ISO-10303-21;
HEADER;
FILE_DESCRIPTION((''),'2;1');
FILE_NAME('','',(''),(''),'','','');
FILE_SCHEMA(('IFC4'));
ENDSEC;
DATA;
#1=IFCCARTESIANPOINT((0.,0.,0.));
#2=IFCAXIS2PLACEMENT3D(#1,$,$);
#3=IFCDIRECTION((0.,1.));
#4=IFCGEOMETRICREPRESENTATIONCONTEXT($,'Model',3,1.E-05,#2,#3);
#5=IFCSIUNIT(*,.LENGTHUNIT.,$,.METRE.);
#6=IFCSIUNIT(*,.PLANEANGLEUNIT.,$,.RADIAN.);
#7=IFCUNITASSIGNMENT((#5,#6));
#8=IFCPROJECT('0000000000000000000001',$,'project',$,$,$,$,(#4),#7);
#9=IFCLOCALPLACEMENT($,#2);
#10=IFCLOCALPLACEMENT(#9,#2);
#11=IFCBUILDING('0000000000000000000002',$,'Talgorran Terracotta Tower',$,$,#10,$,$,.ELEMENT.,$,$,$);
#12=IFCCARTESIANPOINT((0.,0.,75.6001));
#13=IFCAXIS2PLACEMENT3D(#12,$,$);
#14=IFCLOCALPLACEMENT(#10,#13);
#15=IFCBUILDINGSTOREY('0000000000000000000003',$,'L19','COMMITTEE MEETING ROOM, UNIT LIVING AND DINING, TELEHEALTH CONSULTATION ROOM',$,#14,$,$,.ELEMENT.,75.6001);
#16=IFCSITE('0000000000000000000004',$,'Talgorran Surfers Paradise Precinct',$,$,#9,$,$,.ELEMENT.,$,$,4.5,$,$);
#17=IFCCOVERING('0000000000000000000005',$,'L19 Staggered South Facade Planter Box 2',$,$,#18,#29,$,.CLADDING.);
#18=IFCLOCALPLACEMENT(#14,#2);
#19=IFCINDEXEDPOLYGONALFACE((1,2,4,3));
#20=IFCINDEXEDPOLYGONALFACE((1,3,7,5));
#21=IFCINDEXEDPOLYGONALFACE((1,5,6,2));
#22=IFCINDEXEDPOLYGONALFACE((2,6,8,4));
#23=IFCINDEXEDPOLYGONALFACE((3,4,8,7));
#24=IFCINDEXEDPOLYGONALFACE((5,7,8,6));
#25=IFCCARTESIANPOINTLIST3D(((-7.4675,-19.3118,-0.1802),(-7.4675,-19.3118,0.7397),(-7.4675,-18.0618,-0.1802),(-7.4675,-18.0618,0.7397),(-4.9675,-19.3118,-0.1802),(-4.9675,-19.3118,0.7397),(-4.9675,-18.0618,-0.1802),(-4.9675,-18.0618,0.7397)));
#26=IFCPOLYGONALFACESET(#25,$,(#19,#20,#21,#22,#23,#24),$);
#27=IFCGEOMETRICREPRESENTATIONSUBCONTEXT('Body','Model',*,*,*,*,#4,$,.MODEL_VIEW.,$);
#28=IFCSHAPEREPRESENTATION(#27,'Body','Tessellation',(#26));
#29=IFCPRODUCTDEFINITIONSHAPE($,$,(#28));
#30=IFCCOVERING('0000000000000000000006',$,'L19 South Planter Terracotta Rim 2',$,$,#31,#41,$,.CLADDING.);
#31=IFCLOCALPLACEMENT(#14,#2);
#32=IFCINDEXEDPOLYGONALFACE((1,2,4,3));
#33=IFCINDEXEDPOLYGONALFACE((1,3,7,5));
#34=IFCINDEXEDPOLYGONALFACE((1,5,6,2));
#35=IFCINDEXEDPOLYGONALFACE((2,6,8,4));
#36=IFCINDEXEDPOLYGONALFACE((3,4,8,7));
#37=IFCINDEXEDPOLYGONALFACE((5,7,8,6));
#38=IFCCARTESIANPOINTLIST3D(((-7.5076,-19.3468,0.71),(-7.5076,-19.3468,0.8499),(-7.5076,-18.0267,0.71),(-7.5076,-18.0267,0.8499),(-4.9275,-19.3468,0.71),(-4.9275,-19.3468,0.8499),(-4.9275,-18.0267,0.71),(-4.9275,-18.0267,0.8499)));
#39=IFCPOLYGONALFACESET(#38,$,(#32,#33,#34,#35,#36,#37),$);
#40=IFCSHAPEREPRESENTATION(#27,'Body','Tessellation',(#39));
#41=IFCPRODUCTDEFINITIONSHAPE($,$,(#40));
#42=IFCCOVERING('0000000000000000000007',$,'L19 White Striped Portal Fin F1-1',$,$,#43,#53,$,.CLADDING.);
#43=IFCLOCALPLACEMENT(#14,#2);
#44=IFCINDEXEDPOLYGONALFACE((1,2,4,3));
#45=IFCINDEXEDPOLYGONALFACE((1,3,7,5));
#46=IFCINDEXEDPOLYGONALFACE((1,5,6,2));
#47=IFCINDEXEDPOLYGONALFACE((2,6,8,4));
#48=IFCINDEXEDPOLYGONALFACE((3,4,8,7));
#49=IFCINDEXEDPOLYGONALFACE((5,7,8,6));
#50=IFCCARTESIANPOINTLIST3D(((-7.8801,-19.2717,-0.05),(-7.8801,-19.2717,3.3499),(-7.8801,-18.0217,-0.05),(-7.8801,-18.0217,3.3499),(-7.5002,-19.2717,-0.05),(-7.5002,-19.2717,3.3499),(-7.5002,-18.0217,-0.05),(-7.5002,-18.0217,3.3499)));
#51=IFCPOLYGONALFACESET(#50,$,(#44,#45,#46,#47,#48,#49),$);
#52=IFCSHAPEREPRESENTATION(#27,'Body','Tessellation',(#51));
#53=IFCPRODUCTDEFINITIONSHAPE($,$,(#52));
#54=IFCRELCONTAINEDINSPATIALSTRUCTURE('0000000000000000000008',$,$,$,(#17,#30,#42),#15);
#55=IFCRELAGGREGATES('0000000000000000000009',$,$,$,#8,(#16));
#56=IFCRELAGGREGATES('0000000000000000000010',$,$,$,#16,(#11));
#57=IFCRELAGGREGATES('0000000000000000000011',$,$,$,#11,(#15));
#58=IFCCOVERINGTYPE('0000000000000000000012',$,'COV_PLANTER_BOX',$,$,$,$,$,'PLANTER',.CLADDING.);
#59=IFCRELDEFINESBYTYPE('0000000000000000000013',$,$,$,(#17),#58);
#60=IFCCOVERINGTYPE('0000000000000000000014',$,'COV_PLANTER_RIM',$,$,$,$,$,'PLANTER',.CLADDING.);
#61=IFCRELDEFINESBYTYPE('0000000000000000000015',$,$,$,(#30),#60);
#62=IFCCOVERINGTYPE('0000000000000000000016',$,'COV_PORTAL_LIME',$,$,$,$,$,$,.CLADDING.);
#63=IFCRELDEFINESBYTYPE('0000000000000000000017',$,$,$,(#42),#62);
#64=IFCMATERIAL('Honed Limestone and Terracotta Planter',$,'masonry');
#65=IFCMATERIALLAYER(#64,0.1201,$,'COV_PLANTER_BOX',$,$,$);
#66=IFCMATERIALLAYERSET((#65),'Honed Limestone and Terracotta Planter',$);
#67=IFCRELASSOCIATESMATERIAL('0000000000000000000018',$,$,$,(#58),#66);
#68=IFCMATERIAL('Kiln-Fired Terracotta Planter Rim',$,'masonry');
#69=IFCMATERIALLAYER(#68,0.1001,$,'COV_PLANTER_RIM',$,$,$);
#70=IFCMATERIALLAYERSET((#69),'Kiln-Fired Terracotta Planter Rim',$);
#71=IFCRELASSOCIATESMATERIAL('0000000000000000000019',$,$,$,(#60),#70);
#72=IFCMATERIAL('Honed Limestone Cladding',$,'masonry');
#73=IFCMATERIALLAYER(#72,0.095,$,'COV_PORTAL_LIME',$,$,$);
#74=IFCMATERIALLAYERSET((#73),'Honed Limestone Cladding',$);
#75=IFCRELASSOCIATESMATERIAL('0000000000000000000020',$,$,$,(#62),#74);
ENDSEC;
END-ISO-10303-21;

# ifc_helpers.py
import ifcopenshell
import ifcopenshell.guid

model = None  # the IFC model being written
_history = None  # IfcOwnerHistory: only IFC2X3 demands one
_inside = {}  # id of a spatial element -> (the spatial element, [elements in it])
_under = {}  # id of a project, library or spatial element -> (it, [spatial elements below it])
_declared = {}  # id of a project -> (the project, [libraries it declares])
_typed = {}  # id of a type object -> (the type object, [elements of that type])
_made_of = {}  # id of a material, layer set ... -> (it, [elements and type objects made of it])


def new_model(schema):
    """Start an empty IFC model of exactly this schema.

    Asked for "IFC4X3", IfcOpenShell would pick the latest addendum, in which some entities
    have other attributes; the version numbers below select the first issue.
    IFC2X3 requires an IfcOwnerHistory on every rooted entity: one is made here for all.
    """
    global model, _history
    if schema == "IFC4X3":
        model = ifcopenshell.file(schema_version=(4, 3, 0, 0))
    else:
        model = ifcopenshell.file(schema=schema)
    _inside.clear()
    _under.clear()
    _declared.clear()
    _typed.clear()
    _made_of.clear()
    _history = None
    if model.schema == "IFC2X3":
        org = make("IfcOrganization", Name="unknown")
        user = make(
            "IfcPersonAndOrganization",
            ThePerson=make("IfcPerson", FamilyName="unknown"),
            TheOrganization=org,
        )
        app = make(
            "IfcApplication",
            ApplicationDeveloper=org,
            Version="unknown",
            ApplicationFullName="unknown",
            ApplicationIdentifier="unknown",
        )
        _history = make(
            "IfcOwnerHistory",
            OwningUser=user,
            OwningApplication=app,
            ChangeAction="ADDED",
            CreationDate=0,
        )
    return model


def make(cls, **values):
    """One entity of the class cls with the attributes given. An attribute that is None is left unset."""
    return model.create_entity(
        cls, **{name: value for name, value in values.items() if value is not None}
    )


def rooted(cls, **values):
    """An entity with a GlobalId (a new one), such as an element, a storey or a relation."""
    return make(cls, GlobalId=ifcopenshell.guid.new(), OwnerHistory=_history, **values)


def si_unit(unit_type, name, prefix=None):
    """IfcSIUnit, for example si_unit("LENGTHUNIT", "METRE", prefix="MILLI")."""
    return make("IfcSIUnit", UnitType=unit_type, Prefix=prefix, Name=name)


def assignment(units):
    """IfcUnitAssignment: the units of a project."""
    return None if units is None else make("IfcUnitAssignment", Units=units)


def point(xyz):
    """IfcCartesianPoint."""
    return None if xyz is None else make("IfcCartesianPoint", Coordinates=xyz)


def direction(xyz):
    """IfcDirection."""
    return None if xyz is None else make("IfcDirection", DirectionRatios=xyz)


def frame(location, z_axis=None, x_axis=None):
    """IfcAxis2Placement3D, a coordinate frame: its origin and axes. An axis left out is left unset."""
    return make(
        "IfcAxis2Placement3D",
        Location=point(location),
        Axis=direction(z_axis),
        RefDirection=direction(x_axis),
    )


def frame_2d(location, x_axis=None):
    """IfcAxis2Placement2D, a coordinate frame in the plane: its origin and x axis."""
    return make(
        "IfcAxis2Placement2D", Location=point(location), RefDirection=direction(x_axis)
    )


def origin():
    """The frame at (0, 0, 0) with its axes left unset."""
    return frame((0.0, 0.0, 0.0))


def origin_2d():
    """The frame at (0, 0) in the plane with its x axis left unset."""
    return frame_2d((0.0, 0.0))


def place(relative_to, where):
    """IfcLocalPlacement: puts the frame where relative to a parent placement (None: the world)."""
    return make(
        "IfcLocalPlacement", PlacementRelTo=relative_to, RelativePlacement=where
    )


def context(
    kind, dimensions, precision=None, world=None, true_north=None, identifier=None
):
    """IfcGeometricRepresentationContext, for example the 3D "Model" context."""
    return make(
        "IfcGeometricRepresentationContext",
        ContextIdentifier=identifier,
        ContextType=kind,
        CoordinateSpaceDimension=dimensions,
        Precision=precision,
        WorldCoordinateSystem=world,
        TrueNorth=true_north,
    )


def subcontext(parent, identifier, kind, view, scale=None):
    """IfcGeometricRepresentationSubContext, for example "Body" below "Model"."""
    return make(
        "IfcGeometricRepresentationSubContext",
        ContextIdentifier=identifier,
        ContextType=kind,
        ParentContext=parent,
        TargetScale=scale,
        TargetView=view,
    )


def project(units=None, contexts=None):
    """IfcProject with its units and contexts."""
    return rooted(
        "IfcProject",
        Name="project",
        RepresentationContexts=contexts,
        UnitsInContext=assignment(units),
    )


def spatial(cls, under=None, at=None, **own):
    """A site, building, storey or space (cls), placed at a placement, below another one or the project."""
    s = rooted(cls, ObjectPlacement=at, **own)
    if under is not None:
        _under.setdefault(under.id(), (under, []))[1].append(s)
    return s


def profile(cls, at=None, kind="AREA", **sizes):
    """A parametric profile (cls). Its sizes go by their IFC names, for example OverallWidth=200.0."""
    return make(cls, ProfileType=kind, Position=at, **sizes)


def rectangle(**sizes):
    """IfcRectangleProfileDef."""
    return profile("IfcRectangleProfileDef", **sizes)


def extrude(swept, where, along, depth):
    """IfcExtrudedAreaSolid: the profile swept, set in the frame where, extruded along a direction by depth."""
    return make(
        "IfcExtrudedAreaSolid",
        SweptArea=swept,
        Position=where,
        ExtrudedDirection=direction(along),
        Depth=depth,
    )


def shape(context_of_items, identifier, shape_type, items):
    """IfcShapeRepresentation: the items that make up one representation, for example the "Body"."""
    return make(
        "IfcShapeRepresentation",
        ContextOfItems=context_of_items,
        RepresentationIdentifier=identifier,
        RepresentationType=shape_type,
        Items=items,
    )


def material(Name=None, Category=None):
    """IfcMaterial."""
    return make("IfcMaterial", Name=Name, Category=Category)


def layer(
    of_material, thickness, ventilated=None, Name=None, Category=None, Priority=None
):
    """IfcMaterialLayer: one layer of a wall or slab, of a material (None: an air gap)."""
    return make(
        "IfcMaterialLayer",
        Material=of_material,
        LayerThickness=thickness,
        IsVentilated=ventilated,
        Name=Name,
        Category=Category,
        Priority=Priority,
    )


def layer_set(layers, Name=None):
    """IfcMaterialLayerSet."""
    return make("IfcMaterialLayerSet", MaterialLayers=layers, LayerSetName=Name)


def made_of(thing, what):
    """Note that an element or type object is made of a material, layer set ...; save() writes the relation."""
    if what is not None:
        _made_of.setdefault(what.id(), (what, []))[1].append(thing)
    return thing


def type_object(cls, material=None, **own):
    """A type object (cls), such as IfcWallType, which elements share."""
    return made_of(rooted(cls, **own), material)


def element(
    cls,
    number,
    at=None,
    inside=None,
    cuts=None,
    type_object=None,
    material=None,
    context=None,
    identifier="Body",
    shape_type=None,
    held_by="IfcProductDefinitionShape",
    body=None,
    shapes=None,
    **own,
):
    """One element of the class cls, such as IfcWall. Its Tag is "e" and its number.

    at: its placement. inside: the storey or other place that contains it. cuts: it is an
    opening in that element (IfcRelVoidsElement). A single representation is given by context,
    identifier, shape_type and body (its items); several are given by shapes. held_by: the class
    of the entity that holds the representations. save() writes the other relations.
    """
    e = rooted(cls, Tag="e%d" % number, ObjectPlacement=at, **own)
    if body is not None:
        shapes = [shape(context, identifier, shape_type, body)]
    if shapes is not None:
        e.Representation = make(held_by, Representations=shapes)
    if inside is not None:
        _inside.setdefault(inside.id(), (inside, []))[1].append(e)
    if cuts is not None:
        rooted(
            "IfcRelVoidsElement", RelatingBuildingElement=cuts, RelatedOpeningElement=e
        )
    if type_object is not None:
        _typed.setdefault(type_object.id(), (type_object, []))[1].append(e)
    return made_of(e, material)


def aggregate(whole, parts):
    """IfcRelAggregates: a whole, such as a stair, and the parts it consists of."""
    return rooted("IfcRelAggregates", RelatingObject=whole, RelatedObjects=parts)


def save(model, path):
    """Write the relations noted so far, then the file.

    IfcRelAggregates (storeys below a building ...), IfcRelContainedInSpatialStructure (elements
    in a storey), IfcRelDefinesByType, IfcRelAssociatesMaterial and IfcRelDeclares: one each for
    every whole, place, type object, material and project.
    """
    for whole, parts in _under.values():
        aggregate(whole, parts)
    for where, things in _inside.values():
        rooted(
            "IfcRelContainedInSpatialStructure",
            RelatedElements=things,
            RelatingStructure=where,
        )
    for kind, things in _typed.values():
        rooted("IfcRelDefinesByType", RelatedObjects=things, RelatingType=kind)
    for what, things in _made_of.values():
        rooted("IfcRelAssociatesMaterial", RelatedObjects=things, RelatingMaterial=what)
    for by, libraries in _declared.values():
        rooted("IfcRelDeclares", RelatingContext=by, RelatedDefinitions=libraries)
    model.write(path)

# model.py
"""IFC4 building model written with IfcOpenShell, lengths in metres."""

from ifc_helpers import new_model, si_unit, direction, frame, origin, origin_2d, place, context, subcontext, project, spatial, rectangle, extrude, material, layer, layer_set, type_object, element, save


model = new_model("IFC4")

# Units and contexts
model_context = context("Model", 3, precision=1e-05, world=origin(), true_north=direction((0.0, 1.0)))
body_context = subcontext(model_context, "Body", "Model", "MODEL_VIEW")
ifc_project = project(units=[si_unit("LENGTHUNIT", "METRE"), si_unit("PLANEANGLEUNIT", "RADIAN")], contexts=[model_context])

# Site, building, storey
site_placement = place(None, origin())
site = spatial("IfcSite", under=ifc_project, at=site_placement, Name="Talgorran Surfers Paradise Precinct", CompositionType="ELEMENT", RefElevation=4.5)
building_placement = place(site_placement, origin())
building = spatial("IfcBuilding", under=site, at=building_placement, Name="Talgorran Terracotta Tower", CompositionType="ELEMENT")
storey_placement = place(building_placement, frame((0.0, 0.0, 75.6001)))
storey = spatial("IfcBuildingStorey", under=building, at=storey_placement, Name="L19", Description="COMMITTEE MEETING ROOM, UNIT LIVING AND DINING, TELEHEALTH CONSULTATION ROOM", CompositionType="ELEMENT", Elevation=75.6001)

# Coverings
ifc_material_1 = material(Name="Honed Limestone and Terracotta Planter", Category="masonry")
ifc_layer_1 = layer(ifc_material_1, 0.1201, Name="COV_PLANTER_BOX")
ifc_layer_set_1 = layer_set([ifc_layer_1], Name="Honed Limestone and Terracotta Planter")
covering_type_1 = type_object("IfcCoveringType", Name="COV_PLANTER_BOX", ElementType="PLANTER", PredefinedType="CLADDING", material=ifc_layer_set_1)
covering_1_placement = place(storey_placement, frame((-6.2175, -18.6868, -0.1802), z_axis=(0.0, 0.0, 1.0), x_axis=(1.0, 0.0, 0.0)))
element("IfcCovering", 1, at=covering_1_placement, inside=storey, type_object=covering_type_1, Name="L19 Staggered South Facade Planter Box 2", PredefinedType="CLADDING", context=body_context, shape_type="SweptSolid", body=[
    extrude(rectangle(XDim=2.5, YDim=1.25, at=origin_2d()), origin(), (0.0, 0.0, 1.0), 0.9199),
])
ifc_material_2 = material(Name="Kiln-Fired Terracotta Planter Rim", Category="masonry")
ifc_layer_2 = layer(ifc_material_2, 0.1001, Name="COV_PLANTER_RIM")
ifc_layer_set_2 = layer_set([ifc_layer_2], Name="Kiln-Fired Terracotta Planter Rim")
covering_type_2 = type_object("IfcCoveringType", Name="COV_PLANTER_RIM", ElementType="PLANTER", PredefinedType="CLADDING", material=ifc_layer_set_2)
covering_2_placement = place(storey_placement, frame((-6.2175, -18.6868, 0.71), z_axis=(0.0, 0.0, 1.0), x_axis=(1.0, 0.0, 0.0)))
element("IfcCovering", 2, at=covering_2_placement, inside=storey, type_object=covering_type_2, Name="L19 South Planter Terracotta Rim 2", PredefinedType="CLADDING", context=body_context, shape_type="SweptSolid", body=[
    extrude(rectangle(XDim=2.5801, YDim=1.3201, at=origin_2d()), origin(), (0.0, 0.0, 1.0), 0.1399),
])
ifc_material_3 = material(Name="Honed Limestone Cladding", Category="masonry")
ifc_layer_3 = layer(ifc_material_3, 0.095, Name="COV_PORTAL_LIME")
ifc_layer_set_3 = layer_set([ifc_layer_3], Name="Honed Limestone Cladding")
covering_type_3 = type_object("IfcCoveringType", Name="COV_PORTAL_LIME", PredefinedType="CLADDING", material=ifc_layer_set_3)
covering_3_placement = place(storey_placement, frame((-7.6902, -18.6467, -0.05), z_axis=(0.0, 0.0, 1.0), x_axis=(1.0, 0.0, 0.0)))
element("IfcCovering", 3, at=covering_3_placement, inside=storey, type_object=covering_type_3, Name="L19 White Striped Portal Fin F1-1", PredefinedType="CLADDING", context=body_context, shape_type="SweptSolid", body=[
    extrude(rectangle(XDim=0.3799, YDim=1.25, at=origin_2d()), origin(), (0.0, 0.0, 1.0), 3.3999),
])

save(model, "model.ifc")
